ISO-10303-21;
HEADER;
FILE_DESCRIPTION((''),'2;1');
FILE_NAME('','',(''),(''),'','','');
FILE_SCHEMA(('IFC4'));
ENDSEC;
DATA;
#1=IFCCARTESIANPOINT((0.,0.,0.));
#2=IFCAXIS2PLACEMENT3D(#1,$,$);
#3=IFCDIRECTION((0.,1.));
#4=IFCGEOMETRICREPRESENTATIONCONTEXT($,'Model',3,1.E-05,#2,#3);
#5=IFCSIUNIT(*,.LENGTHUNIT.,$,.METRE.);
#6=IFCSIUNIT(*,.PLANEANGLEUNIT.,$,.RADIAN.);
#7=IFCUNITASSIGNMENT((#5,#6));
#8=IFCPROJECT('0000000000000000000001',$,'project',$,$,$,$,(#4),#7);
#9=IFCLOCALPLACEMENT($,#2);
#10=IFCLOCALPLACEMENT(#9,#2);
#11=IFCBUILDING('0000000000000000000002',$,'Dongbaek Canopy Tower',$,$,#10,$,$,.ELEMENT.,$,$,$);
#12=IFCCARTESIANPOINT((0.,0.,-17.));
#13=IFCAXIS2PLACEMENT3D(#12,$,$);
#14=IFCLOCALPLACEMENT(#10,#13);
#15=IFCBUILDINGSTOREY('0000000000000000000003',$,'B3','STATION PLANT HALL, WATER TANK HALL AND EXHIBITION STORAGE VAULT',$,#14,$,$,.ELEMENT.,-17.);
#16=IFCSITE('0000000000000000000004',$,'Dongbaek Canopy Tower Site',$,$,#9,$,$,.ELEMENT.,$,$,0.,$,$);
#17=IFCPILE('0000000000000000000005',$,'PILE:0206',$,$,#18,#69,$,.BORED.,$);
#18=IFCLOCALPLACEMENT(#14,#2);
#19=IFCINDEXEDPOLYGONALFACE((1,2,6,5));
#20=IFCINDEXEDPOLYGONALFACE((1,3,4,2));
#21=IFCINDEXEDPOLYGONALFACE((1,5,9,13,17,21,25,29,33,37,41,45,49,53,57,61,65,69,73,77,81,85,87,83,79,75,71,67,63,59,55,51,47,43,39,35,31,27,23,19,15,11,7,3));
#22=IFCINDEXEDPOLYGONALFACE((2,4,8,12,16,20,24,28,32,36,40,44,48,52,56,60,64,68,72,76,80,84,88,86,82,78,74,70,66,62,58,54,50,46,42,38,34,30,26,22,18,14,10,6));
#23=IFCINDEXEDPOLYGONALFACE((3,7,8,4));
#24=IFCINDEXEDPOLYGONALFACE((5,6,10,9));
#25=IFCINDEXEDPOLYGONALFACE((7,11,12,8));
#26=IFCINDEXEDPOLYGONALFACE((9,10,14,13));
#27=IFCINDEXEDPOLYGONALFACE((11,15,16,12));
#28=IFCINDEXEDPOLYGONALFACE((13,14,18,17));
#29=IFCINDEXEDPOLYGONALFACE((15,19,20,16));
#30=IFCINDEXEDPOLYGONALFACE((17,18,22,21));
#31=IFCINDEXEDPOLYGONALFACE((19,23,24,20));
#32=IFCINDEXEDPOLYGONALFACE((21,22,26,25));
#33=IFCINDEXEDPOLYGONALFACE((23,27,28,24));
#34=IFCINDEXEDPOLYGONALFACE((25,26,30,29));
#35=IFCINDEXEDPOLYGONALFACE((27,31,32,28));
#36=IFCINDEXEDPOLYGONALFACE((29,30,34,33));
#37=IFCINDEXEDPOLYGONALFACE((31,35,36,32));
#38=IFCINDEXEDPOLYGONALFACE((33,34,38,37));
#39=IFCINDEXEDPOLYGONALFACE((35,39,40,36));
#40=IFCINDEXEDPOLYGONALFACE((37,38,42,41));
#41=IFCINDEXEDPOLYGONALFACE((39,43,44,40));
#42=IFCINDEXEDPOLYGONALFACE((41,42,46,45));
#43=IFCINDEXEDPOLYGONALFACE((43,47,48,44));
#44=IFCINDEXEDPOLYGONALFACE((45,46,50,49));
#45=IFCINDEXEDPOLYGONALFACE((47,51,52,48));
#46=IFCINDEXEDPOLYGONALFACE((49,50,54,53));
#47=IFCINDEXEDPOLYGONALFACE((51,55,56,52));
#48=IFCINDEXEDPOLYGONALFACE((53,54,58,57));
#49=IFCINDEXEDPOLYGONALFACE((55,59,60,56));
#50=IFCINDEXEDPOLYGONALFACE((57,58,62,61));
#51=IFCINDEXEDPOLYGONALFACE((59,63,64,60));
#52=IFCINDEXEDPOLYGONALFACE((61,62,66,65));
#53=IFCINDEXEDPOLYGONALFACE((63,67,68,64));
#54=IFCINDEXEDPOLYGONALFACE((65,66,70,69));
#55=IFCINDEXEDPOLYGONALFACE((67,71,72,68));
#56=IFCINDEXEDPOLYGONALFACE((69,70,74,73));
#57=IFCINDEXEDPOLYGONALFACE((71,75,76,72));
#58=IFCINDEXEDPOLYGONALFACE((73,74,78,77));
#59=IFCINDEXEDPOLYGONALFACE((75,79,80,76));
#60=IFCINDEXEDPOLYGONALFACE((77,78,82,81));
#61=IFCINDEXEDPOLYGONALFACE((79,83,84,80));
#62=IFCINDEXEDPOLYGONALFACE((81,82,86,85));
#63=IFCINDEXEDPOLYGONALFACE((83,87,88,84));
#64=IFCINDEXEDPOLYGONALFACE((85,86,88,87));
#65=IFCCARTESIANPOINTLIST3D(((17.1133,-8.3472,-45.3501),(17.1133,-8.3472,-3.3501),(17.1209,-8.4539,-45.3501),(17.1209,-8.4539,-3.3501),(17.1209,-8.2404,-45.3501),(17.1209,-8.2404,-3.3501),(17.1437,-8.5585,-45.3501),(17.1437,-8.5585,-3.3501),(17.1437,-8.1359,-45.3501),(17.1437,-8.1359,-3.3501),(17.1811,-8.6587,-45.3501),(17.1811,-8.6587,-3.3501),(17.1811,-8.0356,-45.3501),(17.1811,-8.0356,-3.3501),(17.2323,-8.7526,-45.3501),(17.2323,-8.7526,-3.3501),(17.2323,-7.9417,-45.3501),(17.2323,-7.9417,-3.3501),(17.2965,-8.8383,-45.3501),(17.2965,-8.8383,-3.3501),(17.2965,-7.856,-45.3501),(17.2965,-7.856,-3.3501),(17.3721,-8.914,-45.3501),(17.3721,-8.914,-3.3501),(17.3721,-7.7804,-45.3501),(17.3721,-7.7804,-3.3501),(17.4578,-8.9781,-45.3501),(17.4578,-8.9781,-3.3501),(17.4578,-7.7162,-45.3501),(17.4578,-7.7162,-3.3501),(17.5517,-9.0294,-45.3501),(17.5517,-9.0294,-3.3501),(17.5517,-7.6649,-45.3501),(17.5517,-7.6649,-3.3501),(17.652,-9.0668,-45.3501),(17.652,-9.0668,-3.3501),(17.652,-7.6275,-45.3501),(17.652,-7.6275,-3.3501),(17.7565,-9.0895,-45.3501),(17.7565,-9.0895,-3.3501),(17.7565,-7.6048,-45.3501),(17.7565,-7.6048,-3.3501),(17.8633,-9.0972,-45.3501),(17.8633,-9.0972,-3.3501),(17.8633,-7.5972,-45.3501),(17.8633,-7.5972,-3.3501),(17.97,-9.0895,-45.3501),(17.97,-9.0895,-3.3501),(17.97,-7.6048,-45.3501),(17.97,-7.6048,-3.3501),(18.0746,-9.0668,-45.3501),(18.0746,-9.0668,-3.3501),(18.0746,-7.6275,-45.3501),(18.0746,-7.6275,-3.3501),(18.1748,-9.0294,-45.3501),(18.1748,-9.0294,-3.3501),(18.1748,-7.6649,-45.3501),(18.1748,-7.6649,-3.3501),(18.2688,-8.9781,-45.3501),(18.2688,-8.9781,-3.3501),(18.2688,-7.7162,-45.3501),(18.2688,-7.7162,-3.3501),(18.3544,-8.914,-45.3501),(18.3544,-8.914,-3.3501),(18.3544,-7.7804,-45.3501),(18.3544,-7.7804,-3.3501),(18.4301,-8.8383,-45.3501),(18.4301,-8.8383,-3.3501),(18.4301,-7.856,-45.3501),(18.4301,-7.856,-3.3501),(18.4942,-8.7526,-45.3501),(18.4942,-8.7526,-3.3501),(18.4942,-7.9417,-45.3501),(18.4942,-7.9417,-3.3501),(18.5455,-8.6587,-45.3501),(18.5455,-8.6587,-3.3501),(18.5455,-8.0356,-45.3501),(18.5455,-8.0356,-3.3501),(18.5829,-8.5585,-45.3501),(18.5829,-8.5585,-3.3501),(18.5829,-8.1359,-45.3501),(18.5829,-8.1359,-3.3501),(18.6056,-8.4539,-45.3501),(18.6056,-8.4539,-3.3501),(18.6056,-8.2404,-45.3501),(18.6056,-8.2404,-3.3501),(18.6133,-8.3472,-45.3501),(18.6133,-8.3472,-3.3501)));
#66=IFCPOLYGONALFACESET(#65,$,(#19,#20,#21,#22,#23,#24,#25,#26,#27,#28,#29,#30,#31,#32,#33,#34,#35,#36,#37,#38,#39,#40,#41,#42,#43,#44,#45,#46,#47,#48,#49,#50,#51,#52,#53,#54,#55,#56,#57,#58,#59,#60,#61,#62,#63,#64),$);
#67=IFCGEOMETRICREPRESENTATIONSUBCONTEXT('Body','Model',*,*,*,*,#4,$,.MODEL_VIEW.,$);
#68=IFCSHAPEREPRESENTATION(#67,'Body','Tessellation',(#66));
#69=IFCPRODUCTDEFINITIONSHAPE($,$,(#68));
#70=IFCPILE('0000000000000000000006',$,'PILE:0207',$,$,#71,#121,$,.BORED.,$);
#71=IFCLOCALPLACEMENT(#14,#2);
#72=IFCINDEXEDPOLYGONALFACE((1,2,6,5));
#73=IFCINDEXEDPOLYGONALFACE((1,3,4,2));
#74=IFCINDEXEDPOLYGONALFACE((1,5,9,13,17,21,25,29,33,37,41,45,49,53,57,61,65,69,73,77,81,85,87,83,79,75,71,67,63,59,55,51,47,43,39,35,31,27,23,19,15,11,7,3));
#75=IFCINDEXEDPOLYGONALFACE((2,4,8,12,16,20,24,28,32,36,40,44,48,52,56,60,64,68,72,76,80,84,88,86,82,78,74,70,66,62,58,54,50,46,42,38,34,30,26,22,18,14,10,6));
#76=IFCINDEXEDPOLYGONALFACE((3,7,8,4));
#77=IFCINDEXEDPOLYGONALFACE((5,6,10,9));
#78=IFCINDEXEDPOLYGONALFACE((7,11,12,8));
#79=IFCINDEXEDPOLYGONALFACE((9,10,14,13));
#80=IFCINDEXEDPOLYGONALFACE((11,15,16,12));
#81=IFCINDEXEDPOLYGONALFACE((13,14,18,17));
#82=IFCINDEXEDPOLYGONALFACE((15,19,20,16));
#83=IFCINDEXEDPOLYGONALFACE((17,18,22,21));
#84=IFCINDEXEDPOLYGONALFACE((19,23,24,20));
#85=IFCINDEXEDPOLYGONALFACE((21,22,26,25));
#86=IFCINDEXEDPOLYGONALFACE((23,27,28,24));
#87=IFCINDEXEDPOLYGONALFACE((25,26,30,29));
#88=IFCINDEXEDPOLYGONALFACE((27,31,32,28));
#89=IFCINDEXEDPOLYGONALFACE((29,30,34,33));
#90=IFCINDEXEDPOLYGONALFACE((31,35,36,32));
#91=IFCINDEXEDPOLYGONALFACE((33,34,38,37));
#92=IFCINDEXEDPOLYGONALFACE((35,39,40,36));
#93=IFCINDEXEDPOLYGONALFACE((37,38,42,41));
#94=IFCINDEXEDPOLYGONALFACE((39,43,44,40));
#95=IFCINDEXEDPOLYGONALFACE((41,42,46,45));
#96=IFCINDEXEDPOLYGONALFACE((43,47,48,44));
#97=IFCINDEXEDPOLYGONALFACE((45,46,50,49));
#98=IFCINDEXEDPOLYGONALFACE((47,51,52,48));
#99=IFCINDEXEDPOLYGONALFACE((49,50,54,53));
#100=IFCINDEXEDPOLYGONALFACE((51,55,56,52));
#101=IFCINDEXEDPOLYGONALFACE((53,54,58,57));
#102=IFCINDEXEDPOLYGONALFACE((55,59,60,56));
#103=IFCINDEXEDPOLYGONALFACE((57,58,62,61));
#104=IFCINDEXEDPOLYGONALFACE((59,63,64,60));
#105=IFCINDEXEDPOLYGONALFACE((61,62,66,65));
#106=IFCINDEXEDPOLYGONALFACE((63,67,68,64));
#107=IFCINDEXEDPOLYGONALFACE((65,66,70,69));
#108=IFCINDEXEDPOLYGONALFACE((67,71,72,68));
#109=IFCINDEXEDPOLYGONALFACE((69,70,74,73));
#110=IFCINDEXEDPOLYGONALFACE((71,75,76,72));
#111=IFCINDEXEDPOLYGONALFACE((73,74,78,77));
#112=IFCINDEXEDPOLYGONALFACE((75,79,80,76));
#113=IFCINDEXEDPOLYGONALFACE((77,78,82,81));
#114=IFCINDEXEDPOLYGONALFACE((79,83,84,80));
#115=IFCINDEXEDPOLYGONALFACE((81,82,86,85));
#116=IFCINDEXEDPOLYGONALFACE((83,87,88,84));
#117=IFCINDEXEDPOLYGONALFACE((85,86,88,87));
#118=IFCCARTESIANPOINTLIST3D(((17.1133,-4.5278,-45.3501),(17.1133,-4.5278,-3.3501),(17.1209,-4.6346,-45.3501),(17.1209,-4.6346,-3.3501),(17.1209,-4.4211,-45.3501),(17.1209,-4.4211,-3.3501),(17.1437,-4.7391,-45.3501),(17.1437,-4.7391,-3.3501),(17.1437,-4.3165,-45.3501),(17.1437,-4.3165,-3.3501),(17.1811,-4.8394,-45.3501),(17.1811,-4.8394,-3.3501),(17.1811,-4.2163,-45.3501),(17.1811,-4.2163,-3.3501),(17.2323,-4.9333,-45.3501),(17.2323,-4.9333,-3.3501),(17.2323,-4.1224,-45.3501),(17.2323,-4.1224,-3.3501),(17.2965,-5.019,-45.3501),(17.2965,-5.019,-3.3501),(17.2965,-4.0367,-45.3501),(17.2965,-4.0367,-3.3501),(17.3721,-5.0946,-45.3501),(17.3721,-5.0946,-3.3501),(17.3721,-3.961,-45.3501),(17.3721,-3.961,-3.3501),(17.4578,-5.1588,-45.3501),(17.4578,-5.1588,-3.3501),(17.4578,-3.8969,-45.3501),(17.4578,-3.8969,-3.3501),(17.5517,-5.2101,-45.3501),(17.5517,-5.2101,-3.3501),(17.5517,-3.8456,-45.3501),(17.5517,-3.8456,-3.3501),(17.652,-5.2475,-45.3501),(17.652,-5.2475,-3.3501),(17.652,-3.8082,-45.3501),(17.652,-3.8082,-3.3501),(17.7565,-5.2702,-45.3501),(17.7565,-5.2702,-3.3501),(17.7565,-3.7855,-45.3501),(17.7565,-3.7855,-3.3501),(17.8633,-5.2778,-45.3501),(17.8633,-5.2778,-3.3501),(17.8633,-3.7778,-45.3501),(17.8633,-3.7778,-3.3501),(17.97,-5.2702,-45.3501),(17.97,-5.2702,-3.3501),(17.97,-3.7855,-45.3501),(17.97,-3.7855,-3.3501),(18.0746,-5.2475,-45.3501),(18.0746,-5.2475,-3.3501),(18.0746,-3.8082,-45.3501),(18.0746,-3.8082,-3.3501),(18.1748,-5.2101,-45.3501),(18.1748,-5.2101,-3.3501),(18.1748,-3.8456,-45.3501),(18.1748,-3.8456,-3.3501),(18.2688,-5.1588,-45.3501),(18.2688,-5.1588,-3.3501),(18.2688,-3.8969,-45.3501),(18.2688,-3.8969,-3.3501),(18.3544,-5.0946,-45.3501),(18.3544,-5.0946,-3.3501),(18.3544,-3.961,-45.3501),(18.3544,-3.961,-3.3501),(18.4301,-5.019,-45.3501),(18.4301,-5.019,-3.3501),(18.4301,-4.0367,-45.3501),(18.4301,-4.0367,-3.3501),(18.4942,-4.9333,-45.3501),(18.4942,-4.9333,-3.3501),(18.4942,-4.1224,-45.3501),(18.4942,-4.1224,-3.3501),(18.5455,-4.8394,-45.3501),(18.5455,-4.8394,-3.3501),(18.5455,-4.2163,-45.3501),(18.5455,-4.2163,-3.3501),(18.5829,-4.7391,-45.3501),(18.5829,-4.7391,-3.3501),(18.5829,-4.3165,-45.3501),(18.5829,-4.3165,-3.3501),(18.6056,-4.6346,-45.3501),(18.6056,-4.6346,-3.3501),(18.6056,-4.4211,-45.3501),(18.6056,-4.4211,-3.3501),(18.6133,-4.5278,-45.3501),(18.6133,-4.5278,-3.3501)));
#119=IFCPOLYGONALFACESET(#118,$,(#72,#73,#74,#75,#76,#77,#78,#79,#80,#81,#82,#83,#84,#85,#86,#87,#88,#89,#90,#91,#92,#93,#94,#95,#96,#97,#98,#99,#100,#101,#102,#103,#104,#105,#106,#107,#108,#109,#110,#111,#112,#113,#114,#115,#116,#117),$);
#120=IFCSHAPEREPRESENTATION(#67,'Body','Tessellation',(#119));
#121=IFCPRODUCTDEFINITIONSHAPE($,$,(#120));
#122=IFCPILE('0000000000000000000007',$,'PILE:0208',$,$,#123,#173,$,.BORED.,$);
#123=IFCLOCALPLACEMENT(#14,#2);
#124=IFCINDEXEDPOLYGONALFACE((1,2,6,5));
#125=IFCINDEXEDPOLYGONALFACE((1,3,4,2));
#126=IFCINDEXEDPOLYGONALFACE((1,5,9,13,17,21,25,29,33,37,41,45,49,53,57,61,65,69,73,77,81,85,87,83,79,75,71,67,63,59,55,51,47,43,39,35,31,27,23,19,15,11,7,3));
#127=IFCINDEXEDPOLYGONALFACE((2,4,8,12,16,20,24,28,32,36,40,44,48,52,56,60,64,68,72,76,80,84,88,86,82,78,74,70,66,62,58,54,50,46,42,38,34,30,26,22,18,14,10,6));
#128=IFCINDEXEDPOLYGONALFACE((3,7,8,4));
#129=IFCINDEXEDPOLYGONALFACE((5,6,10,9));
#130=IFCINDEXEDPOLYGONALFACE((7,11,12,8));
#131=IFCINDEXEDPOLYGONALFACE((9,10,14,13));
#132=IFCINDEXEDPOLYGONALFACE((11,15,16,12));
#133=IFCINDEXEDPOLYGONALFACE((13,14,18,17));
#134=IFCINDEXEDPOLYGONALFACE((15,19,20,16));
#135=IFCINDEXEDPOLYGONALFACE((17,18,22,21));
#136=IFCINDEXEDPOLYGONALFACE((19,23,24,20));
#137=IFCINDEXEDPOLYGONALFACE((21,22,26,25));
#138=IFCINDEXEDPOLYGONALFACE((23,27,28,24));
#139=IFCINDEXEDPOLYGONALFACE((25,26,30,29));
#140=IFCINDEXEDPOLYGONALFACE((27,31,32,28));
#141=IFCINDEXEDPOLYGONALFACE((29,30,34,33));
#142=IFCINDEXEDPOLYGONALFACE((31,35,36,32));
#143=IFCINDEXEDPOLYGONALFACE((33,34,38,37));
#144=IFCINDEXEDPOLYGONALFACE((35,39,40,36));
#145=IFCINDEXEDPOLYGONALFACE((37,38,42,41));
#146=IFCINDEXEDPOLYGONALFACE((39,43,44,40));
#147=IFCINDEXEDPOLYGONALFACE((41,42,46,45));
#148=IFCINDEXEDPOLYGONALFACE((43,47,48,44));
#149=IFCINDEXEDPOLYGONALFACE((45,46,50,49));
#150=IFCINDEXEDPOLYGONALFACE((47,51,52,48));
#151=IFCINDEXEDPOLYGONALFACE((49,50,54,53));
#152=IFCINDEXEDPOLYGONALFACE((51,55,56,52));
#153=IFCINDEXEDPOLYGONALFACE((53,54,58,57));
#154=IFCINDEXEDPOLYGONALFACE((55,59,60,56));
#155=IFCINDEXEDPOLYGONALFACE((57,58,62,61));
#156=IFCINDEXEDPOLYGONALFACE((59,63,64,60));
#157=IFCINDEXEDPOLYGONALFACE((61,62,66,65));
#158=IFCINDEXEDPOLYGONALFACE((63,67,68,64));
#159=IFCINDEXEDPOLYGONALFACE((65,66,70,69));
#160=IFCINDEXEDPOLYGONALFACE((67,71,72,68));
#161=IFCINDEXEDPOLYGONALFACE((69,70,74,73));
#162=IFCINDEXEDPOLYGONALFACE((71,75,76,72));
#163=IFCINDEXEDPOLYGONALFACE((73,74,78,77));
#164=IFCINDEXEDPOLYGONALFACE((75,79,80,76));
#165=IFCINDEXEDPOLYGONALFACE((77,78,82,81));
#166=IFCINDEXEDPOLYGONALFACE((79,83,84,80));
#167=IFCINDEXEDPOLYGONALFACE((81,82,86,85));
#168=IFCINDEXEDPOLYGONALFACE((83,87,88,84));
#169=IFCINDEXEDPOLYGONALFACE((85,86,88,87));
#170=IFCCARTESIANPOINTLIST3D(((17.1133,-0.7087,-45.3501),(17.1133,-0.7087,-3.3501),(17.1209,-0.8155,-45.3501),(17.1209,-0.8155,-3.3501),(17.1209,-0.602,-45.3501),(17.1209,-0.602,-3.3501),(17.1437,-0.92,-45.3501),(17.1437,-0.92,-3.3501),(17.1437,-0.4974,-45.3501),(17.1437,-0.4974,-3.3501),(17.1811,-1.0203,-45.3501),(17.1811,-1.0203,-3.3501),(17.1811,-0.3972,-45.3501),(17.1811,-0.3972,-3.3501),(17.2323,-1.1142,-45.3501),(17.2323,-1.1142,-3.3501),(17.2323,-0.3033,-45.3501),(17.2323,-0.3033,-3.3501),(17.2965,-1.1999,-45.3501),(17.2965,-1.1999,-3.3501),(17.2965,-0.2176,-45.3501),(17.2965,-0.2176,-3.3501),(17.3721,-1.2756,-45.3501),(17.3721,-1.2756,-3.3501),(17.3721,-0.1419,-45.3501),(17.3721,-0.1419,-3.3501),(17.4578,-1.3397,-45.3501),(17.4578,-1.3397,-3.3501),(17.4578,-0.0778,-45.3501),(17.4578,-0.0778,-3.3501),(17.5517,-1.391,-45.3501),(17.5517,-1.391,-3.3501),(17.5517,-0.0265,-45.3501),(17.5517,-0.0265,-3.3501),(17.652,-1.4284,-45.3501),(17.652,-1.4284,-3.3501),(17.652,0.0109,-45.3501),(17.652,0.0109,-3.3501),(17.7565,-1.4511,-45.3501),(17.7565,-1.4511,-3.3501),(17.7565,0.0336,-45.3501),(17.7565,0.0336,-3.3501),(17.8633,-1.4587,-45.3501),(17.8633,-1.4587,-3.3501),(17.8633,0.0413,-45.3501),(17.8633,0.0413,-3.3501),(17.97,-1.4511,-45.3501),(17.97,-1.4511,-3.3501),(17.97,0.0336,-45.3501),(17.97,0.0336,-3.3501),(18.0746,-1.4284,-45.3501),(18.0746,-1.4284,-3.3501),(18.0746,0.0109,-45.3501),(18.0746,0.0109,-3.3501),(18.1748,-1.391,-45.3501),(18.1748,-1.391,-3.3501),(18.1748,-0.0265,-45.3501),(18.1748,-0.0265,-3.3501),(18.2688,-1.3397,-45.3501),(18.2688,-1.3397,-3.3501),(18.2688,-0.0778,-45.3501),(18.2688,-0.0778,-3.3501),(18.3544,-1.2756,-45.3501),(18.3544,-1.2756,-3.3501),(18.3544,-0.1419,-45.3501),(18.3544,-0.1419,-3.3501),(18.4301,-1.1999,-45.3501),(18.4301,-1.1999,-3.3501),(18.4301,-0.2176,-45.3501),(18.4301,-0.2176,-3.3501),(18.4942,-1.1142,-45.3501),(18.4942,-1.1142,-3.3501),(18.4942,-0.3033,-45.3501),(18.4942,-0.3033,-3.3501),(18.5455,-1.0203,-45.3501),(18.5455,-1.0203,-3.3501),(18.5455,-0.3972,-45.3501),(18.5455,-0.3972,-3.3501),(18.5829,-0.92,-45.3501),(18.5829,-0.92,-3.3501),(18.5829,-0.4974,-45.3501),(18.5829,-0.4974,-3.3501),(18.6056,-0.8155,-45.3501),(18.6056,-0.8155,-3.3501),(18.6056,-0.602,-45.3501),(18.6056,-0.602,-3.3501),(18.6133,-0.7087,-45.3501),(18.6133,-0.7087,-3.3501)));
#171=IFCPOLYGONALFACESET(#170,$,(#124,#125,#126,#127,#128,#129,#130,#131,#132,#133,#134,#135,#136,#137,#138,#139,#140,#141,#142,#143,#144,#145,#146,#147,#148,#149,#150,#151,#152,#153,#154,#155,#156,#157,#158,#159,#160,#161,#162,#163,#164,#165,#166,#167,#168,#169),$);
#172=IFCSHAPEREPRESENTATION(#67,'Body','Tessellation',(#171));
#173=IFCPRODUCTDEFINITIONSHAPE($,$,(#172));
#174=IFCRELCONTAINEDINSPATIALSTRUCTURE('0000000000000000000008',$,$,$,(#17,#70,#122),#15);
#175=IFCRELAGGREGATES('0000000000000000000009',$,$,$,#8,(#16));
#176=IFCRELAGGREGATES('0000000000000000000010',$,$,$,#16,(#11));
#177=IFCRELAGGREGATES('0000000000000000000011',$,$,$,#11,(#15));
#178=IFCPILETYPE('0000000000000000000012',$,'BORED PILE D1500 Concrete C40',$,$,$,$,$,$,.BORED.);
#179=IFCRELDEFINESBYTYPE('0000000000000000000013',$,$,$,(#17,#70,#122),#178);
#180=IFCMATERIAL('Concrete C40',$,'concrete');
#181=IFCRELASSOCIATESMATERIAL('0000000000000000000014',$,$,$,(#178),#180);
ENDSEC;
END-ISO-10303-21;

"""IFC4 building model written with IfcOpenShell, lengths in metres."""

from ifc_helpers import new_model, si_unit, direction, frame, origin, origin_2d, place, context, subcontext, project, spatial, circle, extrude, material, material_profile, profile_set, type_object, element, save


model = new_model("IFC4")

# Units and contexts
model_context = context("Model", 3, precision=1e-05, world=origin(), true_north=direction((0.0, 1.0)))
body_context = subcontext(model_context, "Body", "Model", "MODEL_VIEW")
ifc_project = project(units=[si_unit("LENGTHUNIT", "METRE"), si_unit("PLANEANGLEUNIT", "RADIAN")], contexts=[model_context])

# Site, building, storey
site_placement = place(None, origin())
site = spatial("IfcSite", under=ifc_project, at=site_placement, Name="Dongbaek Canopy Tower Site", CompositionType="ELEMENT", RefElevation=0.0)
building_placement = place(site_placement, origin())
building = spatial("IfcBuilding", under=site, at=building_placement, Name="Dongbaek Canopy Tower", CompositionType="ELEMENT")
storey_placement = place(building_placement, frame((0.0, 0.0, -17.0)))
storey = spatial("IfcBuildingStorey", under=building, at=storey_placement, Name="B3", Description="STATION PLANT HALL, WATER TANK HALL AND EXHIBITION STORAGE VAULT", CompositionType="ELEMENT", Elevation=-17.0)

# Piles
ifc_material_1 = material(Name="Concrete C40", Category="concrete")
ifc_material_profile_1 = material_profile(ifc_material_1, circle(Radius=0.75, at=origin_2d()), Name="BORED PILE D1500 Concrete C40")
ifc_profile_set_1 = profile_set([ifc_material_profile_1], Name="Concrete C40")
pile_type = type_object("IfcPileType", Name="BORED PILE D1500 Concrete C40", PredefinedType="BORED", material=ifc_profile_set_1)
for number, where, z_axis, x_axis, name in (
    (1, (17.8633, -8.3472, -3.3501), (0.0, 0.0, -1.0), (1.0, 0.0, 0.0), "PILE:0206"),
    (2, (17.8633, -4.5278, -3.3501), (0.0, 0.0, -1.0), (1.0, 0.0, 0.0), "PILE:0207"),
    (3, (17.8633, -0.7087, -3.3501), (0.0, 0.0, -1.0), (1.0, 0.0, 0.0), "PILE:0208"),
):
    element("IfcPile", number, at=place(storey_placement, frame(where, z_axis=z_axis, x_axis=x_axis)), inside=storey, type_object=pile_type, Name=name, PredefinedType="BORED", context=body_context, shape_type="SweptSolid", body=[
        extrude(circle(Radius=0.75, at=origin_2d()), origin(), (0.0, 0.0, 1.0), 42.0),
    ])

save(model, "model.ifc")
